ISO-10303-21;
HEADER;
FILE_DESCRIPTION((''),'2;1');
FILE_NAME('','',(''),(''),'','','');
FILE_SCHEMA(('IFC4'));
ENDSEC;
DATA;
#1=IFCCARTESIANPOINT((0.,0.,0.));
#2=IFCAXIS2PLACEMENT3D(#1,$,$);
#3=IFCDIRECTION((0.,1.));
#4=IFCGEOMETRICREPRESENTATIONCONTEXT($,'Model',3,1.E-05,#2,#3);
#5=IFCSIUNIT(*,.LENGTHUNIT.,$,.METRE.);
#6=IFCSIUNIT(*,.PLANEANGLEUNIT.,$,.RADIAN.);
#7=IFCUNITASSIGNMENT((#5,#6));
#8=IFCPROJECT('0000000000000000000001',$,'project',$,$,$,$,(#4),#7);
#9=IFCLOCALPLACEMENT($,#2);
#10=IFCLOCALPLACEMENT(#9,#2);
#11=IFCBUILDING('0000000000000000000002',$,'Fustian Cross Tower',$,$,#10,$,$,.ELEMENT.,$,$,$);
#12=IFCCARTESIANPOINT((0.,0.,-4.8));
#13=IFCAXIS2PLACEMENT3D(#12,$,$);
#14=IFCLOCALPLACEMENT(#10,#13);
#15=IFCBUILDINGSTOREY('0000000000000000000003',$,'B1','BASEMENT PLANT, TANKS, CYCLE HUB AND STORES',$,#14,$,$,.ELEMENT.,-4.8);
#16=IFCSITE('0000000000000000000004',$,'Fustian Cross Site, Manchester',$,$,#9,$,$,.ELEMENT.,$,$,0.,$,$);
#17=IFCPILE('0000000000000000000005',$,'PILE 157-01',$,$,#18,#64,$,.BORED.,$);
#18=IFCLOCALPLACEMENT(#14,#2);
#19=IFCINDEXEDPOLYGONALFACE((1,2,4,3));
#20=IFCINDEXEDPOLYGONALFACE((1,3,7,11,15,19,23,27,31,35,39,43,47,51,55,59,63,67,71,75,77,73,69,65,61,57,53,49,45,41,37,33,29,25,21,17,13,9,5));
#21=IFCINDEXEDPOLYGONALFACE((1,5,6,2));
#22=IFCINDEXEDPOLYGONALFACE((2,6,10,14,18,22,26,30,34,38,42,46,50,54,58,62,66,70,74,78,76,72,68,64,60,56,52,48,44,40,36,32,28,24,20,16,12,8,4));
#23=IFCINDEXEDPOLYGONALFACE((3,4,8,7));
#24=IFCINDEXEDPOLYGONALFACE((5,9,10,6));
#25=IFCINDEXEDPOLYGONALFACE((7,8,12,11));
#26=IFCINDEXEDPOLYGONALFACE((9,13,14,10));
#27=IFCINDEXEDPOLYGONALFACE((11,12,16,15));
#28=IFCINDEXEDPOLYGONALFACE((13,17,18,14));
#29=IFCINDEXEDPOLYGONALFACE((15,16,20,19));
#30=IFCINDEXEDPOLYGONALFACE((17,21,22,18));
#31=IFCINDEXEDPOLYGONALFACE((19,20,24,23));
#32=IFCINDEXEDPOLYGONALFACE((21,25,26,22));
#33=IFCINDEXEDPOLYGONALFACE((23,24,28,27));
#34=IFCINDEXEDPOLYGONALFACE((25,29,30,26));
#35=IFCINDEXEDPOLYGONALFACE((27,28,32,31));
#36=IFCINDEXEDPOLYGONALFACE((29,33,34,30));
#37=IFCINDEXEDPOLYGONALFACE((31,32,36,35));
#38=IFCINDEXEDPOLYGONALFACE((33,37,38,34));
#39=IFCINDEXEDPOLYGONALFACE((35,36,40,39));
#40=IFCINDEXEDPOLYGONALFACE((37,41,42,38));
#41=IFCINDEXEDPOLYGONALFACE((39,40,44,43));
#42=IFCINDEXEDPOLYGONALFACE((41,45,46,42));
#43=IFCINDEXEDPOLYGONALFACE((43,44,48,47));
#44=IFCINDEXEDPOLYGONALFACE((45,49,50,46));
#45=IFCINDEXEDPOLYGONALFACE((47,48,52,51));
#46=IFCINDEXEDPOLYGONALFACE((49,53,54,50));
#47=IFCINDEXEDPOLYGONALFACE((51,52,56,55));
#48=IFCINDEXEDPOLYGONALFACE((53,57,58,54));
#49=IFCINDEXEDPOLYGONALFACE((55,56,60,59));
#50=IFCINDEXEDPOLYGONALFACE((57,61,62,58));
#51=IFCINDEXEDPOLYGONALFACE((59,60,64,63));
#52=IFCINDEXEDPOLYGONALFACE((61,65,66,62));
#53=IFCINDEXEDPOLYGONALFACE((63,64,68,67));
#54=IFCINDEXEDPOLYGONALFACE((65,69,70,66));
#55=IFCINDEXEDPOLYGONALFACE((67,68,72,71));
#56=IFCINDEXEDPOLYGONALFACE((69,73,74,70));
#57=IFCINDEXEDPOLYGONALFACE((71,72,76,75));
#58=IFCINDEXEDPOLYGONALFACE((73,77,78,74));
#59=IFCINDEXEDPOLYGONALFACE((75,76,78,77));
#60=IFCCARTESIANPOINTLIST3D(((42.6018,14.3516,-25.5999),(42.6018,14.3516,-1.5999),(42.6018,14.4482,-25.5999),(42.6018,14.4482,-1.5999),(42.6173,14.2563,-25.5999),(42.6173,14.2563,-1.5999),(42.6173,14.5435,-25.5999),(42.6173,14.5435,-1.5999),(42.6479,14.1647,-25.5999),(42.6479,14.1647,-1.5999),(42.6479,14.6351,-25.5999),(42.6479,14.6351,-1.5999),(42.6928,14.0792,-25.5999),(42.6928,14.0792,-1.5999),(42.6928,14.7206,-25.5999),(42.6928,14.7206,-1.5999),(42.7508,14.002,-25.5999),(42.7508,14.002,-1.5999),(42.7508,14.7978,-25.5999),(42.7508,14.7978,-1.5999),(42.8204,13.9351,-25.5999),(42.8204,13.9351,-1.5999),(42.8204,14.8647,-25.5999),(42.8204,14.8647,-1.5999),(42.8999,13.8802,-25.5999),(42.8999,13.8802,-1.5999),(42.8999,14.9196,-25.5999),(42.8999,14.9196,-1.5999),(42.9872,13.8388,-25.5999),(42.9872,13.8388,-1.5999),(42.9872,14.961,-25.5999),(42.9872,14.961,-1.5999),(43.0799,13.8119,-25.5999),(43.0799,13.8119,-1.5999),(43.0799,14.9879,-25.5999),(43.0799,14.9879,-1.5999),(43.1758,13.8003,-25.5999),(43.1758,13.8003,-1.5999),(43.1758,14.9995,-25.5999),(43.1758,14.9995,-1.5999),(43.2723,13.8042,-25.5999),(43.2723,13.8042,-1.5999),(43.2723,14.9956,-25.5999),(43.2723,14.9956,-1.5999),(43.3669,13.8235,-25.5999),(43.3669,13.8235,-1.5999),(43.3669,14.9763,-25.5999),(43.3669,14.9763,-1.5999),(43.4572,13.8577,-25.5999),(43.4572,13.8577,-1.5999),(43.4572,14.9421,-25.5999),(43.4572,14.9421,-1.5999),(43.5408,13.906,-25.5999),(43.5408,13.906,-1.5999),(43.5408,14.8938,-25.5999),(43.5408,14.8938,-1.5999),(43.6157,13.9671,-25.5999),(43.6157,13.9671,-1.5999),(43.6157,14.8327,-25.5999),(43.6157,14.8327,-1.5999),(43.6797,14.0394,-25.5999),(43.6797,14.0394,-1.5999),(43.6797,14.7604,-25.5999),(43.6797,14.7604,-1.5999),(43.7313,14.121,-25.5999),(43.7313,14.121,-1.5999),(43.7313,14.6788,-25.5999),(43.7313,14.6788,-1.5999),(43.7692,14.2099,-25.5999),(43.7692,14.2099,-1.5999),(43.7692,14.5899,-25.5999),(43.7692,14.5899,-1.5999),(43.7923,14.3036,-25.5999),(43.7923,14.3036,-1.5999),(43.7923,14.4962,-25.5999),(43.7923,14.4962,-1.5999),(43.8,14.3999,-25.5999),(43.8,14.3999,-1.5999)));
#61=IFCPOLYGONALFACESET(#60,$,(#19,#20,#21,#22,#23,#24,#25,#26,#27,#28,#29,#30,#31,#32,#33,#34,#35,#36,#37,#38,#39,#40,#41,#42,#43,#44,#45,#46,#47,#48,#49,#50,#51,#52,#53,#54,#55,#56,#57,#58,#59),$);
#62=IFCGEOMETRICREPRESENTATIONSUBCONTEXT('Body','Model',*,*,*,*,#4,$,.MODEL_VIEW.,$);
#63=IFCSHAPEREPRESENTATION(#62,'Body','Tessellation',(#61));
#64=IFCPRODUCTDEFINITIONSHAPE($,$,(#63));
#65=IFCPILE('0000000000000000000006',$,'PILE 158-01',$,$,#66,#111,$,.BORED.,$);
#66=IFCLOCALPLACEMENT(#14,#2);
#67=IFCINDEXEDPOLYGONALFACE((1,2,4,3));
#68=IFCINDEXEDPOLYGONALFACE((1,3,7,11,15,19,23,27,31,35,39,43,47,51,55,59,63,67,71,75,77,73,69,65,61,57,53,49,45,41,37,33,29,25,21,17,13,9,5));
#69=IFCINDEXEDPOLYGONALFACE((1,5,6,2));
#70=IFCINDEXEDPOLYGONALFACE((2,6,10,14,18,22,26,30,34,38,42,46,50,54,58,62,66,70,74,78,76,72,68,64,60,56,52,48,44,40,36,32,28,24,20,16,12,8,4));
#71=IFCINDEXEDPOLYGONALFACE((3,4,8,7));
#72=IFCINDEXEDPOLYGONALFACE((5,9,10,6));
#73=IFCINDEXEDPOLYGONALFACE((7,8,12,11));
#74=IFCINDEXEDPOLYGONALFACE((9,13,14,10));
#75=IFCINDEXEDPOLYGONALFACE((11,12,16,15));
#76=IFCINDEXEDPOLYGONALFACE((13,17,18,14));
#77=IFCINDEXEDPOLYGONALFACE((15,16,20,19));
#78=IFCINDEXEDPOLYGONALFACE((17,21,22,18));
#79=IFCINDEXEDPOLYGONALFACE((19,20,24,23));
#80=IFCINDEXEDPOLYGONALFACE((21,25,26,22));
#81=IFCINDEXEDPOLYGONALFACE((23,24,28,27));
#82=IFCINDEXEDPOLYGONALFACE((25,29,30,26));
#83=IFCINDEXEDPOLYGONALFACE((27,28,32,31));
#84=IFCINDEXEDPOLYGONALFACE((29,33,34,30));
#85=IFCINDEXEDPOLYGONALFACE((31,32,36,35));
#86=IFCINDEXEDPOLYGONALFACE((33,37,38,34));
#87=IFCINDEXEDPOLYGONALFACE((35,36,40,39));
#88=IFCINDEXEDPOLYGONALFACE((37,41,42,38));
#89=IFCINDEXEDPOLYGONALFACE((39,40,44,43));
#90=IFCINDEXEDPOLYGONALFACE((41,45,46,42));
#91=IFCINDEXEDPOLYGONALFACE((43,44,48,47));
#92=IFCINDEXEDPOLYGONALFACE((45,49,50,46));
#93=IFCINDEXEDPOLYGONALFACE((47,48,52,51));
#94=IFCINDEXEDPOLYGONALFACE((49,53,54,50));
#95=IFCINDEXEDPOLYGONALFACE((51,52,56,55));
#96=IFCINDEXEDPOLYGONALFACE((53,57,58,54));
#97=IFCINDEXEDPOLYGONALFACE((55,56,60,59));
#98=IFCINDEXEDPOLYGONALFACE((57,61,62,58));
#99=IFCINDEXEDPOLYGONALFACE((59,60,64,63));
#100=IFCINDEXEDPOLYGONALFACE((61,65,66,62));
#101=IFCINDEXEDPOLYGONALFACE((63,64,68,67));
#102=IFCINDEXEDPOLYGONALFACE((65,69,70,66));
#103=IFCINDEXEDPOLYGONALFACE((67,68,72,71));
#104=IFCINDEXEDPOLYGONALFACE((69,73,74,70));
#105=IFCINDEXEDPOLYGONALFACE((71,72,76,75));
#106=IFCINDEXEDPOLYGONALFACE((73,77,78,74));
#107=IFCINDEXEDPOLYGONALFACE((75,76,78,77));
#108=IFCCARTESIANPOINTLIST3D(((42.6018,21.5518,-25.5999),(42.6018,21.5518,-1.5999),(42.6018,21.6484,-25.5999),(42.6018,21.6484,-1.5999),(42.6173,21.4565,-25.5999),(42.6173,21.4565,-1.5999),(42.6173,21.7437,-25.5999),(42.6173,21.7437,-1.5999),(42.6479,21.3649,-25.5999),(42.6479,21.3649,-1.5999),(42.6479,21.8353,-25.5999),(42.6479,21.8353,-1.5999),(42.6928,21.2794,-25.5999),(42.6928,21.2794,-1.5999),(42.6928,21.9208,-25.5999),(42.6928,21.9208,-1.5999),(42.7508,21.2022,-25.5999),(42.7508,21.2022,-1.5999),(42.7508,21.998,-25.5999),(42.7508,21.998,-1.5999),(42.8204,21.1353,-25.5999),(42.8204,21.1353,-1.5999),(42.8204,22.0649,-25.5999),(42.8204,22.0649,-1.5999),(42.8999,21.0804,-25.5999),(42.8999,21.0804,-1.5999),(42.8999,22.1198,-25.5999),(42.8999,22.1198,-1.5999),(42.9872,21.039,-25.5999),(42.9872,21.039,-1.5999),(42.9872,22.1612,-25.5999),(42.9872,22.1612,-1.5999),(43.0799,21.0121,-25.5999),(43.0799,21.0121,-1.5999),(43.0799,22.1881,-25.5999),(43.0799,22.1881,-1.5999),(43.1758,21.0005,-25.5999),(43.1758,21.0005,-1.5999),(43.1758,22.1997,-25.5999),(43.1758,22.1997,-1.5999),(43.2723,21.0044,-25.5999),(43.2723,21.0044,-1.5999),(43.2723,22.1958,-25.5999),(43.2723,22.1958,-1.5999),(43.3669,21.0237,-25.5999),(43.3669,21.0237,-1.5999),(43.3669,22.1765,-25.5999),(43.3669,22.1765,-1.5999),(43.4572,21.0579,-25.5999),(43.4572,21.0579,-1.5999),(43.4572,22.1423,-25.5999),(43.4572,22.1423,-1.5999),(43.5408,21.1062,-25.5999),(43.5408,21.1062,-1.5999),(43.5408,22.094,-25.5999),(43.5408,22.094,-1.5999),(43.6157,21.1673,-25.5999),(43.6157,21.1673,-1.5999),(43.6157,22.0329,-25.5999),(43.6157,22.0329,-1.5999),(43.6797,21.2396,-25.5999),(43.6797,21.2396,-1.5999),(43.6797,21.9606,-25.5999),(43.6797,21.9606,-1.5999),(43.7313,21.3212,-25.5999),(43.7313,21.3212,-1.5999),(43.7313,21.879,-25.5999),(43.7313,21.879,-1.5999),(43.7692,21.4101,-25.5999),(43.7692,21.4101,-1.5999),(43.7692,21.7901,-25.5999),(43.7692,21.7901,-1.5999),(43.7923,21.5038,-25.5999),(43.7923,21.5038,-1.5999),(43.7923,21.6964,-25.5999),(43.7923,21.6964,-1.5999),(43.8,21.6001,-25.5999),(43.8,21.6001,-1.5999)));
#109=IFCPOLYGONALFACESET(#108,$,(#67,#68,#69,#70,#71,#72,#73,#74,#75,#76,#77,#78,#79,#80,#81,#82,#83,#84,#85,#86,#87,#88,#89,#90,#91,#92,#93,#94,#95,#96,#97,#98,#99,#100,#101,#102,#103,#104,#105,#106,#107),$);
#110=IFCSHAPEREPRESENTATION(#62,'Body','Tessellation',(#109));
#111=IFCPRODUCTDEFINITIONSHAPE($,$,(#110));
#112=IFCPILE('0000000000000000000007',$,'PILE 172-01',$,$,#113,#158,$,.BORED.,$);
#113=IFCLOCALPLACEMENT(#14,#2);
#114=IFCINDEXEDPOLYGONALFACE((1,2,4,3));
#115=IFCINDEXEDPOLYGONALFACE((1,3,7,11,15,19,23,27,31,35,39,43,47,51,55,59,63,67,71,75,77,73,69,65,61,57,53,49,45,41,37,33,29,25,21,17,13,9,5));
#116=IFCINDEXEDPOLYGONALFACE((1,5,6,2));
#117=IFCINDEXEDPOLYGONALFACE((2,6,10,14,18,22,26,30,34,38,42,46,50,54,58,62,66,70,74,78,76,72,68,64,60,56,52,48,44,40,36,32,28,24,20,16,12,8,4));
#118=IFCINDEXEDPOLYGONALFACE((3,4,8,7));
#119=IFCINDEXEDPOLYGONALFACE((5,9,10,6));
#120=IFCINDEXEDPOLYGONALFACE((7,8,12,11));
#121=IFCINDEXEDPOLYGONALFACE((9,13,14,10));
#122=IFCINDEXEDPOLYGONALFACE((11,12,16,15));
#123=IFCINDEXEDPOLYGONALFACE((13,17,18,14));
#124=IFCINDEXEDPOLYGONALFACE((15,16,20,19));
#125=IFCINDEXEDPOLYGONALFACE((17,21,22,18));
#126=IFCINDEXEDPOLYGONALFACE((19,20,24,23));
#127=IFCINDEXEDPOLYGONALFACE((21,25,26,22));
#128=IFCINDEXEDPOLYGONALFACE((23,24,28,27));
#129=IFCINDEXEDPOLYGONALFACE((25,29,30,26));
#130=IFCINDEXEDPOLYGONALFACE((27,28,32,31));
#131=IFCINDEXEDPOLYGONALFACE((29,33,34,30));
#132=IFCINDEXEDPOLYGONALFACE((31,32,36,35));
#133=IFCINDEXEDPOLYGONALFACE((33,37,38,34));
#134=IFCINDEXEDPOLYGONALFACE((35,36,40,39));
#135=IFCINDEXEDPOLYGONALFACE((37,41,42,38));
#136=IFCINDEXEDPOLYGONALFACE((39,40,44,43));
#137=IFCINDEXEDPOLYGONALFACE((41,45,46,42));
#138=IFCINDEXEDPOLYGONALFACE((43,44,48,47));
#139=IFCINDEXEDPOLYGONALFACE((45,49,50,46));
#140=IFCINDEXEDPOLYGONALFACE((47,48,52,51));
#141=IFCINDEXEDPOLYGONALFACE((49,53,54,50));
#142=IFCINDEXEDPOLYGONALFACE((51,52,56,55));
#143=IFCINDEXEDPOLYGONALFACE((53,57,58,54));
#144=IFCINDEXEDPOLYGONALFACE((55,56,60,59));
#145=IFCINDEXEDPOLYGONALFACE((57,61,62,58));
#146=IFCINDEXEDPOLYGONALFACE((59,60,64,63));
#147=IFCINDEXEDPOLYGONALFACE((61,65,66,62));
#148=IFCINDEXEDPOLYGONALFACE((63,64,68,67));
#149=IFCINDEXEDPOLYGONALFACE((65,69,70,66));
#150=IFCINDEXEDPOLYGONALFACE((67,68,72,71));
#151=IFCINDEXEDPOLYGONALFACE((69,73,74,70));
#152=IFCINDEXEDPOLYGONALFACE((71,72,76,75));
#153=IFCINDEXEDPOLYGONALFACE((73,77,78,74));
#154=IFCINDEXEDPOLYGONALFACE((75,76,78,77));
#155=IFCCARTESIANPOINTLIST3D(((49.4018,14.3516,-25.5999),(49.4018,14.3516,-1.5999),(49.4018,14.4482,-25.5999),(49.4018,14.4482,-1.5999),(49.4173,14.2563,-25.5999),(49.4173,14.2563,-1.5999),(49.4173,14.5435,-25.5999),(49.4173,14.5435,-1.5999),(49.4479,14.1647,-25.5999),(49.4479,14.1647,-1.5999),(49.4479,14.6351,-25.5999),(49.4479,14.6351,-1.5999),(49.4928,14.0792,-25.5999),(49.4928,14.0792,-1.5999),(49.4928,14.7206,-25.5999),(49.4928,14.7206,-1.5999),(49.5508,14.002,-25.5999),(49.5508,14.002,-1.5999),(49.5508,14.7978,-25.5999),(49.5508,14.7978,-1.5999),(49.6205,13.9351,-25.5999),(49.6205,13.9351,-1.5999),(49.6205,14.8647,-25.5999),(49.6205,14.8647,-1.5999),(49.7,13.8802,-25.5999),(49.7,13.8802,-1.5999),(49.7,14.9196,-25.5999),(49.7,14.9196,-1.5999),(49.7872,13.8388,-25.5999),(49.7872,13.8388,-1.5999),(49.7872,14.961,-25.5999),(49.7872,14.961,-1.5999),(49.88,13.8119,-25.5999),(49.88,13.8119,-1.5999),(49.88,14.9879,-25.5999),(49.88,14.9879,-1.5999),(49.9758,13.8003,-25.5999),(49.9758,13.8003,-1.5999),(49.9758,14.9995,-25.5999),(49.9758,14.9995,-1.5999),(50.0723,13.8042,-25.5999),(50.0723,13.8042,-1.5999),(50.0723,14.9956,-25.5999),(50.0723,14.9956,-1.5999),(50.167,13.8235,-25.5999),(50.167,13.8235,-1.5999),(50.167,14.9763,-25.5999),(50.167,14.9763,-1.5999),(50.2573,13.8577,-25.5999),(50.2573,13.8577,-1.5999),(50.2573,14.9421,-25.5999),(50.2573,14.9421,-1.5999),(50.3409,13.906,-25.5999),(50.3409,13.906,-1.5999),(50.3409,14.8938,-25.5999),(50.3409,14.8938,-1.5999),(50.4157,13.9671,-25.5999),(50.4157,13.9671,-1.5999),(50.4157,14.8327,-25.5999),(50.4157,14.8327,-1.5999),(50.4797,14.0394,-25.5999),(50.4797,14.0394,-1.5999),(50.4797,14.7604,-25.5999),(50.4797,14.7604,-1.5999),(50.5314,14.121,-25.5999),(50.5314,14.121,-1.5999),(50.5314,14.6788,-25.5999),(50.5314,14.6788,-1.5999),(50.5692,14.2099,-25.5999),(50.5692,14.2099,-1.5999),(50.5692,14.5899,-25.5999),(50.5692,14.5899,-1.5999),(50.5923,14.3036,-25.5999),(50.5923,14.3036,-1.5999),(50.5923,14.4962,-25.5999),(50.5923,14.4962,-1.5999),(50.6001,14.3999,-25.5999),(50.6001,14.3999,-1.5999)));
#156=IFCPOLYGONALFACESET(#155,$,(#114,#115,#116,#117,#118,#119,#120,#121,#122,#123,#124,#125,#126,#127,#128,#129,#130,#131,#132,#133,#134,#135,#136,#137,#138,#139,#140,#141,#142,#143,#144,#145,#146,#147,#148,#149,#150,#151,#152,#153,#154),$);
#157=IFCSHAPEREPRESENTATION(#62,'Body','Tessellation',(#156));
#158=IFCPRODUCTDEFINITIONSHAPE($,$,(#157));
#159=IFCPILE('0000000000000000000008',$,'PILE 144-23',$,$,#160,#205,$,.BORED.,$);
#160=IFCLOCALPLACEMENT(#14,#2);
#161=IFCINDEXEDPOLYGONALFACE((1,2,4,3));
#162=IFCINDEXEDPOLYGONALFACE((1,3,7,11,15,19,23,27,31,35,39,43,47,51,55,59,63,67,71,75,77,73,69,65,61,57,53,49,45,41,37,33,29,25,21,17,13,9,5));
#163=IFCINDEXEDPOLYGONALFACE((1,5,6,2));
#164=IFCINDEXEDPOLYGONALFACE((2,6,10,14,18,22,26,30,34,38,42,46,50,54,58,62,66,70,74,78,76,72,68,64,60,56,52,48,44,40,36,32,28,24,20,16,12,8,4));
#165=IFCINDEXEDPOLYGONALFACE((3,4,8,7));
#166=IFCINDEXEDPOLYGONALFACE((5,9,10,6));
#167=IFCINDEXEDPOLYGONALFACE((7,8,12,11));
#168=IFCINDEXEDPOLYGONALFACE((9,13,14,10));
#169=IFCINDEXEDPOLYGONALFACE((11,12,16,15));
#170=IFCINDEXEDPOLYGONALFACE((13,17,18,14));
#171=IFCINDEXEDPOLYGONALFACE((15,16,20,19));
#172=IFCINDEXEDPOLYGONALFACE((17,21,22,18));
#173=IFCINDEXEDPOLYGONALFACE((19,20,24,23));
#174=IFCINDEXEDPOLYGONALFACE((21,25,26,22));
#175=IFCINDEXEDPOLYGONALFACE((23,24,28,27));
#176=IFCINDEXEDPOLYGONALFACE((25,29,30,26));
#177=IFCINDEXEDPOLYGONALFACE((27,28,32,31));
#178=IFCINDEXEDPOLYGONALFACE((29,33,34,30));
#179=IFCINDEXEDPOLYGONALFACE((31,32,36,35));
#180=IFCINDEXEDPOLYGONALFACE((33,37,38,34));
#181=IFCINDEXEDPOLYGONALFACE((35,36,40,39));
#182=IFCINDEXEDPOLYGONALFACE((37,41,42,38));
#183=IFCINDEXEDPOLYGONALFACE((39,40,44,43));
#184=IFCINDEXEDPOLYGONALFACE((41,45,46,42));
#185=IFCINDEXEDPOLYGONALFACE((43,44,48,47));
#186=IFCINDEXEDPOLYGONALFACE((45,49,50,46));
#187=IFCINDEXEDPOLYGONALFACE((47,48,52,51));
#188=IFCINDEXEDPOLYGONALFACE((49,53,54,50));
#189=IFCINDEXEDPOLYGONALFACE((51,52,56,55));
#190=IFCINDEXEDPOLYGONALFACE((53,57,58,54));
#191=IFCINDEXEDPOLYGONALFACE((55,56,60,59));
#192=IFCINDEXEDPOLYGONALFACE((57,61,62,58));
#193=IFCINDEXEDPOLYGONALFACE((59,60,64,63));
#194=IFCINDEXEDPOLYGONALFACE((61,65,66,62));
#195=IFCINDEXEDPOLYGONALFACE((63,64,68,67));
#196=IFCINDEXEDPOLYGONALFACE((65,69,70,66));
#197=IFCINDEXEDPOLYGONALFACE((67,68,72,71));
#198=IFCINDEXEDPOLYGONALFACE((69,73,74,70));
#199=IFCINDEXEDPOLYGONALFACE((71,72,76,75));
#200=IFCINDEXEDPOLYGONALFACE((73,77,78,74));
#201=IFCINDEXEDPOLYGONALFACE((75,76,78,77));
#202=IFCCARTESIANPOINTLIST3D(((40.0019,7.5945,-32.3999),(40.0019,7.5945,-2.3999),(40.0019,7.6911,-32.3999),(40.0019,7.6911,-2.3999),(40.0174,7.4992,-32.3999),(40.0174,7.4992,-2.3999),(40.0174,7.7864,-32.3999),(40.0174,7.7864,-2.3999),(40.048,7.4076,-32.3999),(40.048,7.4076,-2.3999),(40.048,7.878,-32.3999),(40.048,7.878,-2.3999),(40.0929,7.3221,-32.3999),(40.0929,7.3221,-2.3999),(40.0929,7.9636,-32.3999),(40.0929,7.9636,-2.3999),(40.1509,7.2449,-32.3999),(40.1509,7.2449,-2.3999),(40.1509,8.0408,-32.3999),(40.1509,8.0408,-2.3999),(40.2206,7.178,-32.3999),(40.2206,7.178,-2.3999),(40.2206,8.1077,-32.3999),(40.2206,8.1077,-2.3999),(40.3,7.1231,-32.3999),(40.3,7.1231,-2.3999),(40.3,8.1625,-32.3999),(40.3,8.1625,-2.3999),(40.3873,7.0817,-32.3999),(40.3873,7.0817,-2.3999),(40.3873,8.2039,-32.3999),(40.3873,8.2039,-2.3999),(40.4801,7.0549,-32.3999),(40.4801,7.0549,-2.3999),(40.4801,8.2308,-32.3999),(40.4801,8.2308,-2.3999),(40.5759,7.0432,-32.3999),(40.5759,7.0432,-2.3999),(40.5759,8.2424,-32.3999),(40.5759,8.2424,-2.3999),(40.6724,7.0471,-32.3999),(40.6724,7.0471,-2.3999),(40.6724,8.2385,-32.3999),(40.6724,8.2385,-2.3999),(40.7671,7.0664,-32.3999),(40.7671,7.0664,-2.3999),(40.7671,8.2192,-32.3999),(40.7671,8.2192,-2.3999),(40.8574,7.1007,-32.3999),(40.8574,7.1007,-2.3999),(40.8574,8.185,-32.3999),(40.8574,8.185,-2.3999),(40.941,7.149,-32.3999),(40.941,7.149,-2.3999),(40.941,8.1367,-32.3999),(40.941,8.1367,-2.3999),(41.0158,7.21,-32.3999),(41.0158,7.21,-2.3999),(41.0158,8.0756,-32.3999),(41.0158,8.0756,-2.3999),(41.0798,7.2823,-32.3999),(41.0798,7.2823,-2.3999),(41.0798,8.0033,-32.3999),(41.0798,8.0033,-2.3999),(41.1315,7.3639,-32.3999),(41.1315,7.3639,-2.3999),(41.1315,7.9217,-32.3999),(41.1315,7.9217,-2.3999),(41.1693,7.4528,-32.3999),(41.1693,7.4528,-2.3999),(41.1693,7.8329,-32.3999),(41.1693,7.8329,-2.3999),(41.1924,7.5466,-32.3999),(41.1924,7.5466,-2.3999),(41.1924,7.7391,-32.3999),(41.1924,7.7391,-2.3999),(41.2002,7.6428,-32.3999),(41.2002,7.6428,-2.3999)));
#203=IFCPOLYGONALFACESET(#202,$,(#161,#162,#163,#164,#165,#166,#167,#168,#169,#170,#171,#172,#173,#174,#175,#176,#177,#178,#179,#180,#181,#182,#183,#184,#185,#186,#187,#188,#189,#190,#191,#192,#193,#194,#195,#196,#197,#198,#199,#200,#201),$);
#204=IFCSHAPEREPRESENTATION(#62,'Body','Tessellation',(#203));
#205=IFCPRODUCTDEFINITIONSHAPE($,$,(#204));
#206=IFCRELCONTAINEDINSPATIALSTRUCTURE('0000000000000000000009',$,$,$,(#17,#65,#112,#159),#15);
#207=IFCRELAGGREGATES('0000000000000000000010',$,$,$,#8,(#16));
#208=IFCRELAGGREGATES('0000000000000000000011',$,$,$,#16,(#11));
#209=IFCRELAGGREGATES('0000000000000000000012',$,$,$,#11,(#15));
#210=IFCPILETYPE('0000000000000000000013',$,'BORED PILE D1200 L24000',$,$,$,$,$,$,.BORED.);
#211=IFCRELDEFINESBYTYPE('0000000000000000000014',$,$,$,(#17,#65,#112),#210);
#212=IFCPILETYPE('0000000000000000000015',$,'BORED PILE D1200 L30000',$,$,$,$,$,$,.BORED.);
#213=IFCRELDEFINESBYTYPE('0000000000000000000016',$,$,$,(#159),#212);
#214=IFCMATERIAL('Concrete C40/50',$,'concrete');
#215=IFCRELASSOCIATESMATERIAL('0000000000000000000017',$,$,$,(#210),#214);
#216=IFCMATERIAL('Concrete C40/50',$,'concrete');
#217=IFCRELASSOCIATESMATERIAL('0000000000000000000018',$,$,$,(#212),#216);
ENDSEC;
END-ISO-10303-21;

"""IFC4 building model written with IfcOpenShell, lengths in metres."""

from ifc_helpers import new_model, si_unit, direction, frame, origin, origin_2d, place, context, subcontext, project, spatial, circle, extrude, material, material_profile, profile_set, type_object, element, save


model = new_model("IFC4")

# Units and contexts
model_context = context("Model", 3, precision=1e-05, world=origin(), true_north=direction((0.0, 1.0)))
body_context = subcontext(model_context, "Body", "Model", "MODEL_VIEW")
ifc_project = project(units=[si_unit("LENGTHUNIT", "METRE"), si_unit("PLANEANGLEUNIT", "RADIAN")], contexts=[model_context])

# Site, building, storey
site_placement = place(None, origin())
site = spatial("IfcSite", under=ifc_project, at=site_placement, Name="Fustian Cross Site, Manchester", CompositionType="ELEMENT", RefElevation=0.0)
building_placement = place(site_placement, origin())
building = spatial("IfcBuilding", under=site, at=building_placement, Name="Fustian Cross Tower", CompositionType="ELEMENT")
storey_placement = place(building_placement, frame((0.0, 0.0, -4.8)))
storey = spatial("IfcBuildingStorey", under=building, at=storey_placement, Name="B1", Description="BASEMENT PLANT, TANKS, CYCLE HUB AND STORES", CompositionType="ELEMENT", Elevation=-4.8)

# Piles
ifc_material_1 = material(Name="Concrete C40/50", Category="concrete")
ifc_material_profile_1 = material_profile(ifc_material_1, circle(Radius=0.6001, at=origin_2d()), Name="BORED PILE D1200 L24000")
ifc_profile_set_1 = profile_set([ifc_material_profile_1], Name="Concrete C40/50")
pile_type_1 = type_object("IfcPileType", Name="BORED PILE D1200 L24000", PredefinedType="BORED", material=ifc_profile_set_1)
for number, where, z_axis, x_axis, name in (
    (1, (43.2, 14.3999, -1.5999), (0.0, 0.0, -1.0), (1.0, 0.0, 0.0), "PILE 157-01"),
    (2, (43.2, 21.6001, -1.5999), (0.0, 0.0, -1.0), (1.0, 0.0, 0.0), "PILE 158-01"),
    (3, (50.0, 14.3999, -1.5999), (0.0, 0.0, -1.0), (1.0, 0.0, 0.0), "PILE 172-01"),
):
    element("IfcPile", number, at=place(storey_placement, frame(where, z_axis=z_axis, x_axis=x_axis)), inside=storey, type_object=pile_type_1, Name=name, PredefinedType="BORED", context=body_context, shape_type="SweptSolid", body=[
        extrude(circle(Radius=0.6001, at=origin_2d()), origin(), (0.0, 0.0, 1.0), 24.0),
    ])
ifc_material_2 = material(Name="Concrete C40/50", Category="concrete")
ifc_material_profile_2 = material_profile(ifc_material_2, circle(Radius=0.6001, at=origin_2d()), Name="BORED PILE D1200 L30000")
ifc_profile_set_2 = profile_set([ifc_material_profile_2], Name="Concrete C40/50")
pile_type_2 = type_object("IfcPileType", Name="BORED PILE D1200 L30000", PredefinedType="BORED", material=ifc_profile_set_2)
for number, where, z_axis, x_axis, name in (
    (4, (40.6001, 7.6428, -2.3999), (0.0, 0.0, -1.0), (1.0, 0.0, 0.0), "PILE 144-23"),
):
    element("IfcPile", number, at=place(storey_placement, frame(where, z_axis=z_axis, x_axis=x_axis)), inside=storey, type_object=pile_type_2, Name=name, PredefinedType="BORED", context=body_context, shape_type="SweptSolid", body=[
        extrude(circle(Radius=0.6001, at=origin_2d()), origin(), (0.0, 0.0, 1.0), 30.0),
    ])

save(model, "model.ifc")
